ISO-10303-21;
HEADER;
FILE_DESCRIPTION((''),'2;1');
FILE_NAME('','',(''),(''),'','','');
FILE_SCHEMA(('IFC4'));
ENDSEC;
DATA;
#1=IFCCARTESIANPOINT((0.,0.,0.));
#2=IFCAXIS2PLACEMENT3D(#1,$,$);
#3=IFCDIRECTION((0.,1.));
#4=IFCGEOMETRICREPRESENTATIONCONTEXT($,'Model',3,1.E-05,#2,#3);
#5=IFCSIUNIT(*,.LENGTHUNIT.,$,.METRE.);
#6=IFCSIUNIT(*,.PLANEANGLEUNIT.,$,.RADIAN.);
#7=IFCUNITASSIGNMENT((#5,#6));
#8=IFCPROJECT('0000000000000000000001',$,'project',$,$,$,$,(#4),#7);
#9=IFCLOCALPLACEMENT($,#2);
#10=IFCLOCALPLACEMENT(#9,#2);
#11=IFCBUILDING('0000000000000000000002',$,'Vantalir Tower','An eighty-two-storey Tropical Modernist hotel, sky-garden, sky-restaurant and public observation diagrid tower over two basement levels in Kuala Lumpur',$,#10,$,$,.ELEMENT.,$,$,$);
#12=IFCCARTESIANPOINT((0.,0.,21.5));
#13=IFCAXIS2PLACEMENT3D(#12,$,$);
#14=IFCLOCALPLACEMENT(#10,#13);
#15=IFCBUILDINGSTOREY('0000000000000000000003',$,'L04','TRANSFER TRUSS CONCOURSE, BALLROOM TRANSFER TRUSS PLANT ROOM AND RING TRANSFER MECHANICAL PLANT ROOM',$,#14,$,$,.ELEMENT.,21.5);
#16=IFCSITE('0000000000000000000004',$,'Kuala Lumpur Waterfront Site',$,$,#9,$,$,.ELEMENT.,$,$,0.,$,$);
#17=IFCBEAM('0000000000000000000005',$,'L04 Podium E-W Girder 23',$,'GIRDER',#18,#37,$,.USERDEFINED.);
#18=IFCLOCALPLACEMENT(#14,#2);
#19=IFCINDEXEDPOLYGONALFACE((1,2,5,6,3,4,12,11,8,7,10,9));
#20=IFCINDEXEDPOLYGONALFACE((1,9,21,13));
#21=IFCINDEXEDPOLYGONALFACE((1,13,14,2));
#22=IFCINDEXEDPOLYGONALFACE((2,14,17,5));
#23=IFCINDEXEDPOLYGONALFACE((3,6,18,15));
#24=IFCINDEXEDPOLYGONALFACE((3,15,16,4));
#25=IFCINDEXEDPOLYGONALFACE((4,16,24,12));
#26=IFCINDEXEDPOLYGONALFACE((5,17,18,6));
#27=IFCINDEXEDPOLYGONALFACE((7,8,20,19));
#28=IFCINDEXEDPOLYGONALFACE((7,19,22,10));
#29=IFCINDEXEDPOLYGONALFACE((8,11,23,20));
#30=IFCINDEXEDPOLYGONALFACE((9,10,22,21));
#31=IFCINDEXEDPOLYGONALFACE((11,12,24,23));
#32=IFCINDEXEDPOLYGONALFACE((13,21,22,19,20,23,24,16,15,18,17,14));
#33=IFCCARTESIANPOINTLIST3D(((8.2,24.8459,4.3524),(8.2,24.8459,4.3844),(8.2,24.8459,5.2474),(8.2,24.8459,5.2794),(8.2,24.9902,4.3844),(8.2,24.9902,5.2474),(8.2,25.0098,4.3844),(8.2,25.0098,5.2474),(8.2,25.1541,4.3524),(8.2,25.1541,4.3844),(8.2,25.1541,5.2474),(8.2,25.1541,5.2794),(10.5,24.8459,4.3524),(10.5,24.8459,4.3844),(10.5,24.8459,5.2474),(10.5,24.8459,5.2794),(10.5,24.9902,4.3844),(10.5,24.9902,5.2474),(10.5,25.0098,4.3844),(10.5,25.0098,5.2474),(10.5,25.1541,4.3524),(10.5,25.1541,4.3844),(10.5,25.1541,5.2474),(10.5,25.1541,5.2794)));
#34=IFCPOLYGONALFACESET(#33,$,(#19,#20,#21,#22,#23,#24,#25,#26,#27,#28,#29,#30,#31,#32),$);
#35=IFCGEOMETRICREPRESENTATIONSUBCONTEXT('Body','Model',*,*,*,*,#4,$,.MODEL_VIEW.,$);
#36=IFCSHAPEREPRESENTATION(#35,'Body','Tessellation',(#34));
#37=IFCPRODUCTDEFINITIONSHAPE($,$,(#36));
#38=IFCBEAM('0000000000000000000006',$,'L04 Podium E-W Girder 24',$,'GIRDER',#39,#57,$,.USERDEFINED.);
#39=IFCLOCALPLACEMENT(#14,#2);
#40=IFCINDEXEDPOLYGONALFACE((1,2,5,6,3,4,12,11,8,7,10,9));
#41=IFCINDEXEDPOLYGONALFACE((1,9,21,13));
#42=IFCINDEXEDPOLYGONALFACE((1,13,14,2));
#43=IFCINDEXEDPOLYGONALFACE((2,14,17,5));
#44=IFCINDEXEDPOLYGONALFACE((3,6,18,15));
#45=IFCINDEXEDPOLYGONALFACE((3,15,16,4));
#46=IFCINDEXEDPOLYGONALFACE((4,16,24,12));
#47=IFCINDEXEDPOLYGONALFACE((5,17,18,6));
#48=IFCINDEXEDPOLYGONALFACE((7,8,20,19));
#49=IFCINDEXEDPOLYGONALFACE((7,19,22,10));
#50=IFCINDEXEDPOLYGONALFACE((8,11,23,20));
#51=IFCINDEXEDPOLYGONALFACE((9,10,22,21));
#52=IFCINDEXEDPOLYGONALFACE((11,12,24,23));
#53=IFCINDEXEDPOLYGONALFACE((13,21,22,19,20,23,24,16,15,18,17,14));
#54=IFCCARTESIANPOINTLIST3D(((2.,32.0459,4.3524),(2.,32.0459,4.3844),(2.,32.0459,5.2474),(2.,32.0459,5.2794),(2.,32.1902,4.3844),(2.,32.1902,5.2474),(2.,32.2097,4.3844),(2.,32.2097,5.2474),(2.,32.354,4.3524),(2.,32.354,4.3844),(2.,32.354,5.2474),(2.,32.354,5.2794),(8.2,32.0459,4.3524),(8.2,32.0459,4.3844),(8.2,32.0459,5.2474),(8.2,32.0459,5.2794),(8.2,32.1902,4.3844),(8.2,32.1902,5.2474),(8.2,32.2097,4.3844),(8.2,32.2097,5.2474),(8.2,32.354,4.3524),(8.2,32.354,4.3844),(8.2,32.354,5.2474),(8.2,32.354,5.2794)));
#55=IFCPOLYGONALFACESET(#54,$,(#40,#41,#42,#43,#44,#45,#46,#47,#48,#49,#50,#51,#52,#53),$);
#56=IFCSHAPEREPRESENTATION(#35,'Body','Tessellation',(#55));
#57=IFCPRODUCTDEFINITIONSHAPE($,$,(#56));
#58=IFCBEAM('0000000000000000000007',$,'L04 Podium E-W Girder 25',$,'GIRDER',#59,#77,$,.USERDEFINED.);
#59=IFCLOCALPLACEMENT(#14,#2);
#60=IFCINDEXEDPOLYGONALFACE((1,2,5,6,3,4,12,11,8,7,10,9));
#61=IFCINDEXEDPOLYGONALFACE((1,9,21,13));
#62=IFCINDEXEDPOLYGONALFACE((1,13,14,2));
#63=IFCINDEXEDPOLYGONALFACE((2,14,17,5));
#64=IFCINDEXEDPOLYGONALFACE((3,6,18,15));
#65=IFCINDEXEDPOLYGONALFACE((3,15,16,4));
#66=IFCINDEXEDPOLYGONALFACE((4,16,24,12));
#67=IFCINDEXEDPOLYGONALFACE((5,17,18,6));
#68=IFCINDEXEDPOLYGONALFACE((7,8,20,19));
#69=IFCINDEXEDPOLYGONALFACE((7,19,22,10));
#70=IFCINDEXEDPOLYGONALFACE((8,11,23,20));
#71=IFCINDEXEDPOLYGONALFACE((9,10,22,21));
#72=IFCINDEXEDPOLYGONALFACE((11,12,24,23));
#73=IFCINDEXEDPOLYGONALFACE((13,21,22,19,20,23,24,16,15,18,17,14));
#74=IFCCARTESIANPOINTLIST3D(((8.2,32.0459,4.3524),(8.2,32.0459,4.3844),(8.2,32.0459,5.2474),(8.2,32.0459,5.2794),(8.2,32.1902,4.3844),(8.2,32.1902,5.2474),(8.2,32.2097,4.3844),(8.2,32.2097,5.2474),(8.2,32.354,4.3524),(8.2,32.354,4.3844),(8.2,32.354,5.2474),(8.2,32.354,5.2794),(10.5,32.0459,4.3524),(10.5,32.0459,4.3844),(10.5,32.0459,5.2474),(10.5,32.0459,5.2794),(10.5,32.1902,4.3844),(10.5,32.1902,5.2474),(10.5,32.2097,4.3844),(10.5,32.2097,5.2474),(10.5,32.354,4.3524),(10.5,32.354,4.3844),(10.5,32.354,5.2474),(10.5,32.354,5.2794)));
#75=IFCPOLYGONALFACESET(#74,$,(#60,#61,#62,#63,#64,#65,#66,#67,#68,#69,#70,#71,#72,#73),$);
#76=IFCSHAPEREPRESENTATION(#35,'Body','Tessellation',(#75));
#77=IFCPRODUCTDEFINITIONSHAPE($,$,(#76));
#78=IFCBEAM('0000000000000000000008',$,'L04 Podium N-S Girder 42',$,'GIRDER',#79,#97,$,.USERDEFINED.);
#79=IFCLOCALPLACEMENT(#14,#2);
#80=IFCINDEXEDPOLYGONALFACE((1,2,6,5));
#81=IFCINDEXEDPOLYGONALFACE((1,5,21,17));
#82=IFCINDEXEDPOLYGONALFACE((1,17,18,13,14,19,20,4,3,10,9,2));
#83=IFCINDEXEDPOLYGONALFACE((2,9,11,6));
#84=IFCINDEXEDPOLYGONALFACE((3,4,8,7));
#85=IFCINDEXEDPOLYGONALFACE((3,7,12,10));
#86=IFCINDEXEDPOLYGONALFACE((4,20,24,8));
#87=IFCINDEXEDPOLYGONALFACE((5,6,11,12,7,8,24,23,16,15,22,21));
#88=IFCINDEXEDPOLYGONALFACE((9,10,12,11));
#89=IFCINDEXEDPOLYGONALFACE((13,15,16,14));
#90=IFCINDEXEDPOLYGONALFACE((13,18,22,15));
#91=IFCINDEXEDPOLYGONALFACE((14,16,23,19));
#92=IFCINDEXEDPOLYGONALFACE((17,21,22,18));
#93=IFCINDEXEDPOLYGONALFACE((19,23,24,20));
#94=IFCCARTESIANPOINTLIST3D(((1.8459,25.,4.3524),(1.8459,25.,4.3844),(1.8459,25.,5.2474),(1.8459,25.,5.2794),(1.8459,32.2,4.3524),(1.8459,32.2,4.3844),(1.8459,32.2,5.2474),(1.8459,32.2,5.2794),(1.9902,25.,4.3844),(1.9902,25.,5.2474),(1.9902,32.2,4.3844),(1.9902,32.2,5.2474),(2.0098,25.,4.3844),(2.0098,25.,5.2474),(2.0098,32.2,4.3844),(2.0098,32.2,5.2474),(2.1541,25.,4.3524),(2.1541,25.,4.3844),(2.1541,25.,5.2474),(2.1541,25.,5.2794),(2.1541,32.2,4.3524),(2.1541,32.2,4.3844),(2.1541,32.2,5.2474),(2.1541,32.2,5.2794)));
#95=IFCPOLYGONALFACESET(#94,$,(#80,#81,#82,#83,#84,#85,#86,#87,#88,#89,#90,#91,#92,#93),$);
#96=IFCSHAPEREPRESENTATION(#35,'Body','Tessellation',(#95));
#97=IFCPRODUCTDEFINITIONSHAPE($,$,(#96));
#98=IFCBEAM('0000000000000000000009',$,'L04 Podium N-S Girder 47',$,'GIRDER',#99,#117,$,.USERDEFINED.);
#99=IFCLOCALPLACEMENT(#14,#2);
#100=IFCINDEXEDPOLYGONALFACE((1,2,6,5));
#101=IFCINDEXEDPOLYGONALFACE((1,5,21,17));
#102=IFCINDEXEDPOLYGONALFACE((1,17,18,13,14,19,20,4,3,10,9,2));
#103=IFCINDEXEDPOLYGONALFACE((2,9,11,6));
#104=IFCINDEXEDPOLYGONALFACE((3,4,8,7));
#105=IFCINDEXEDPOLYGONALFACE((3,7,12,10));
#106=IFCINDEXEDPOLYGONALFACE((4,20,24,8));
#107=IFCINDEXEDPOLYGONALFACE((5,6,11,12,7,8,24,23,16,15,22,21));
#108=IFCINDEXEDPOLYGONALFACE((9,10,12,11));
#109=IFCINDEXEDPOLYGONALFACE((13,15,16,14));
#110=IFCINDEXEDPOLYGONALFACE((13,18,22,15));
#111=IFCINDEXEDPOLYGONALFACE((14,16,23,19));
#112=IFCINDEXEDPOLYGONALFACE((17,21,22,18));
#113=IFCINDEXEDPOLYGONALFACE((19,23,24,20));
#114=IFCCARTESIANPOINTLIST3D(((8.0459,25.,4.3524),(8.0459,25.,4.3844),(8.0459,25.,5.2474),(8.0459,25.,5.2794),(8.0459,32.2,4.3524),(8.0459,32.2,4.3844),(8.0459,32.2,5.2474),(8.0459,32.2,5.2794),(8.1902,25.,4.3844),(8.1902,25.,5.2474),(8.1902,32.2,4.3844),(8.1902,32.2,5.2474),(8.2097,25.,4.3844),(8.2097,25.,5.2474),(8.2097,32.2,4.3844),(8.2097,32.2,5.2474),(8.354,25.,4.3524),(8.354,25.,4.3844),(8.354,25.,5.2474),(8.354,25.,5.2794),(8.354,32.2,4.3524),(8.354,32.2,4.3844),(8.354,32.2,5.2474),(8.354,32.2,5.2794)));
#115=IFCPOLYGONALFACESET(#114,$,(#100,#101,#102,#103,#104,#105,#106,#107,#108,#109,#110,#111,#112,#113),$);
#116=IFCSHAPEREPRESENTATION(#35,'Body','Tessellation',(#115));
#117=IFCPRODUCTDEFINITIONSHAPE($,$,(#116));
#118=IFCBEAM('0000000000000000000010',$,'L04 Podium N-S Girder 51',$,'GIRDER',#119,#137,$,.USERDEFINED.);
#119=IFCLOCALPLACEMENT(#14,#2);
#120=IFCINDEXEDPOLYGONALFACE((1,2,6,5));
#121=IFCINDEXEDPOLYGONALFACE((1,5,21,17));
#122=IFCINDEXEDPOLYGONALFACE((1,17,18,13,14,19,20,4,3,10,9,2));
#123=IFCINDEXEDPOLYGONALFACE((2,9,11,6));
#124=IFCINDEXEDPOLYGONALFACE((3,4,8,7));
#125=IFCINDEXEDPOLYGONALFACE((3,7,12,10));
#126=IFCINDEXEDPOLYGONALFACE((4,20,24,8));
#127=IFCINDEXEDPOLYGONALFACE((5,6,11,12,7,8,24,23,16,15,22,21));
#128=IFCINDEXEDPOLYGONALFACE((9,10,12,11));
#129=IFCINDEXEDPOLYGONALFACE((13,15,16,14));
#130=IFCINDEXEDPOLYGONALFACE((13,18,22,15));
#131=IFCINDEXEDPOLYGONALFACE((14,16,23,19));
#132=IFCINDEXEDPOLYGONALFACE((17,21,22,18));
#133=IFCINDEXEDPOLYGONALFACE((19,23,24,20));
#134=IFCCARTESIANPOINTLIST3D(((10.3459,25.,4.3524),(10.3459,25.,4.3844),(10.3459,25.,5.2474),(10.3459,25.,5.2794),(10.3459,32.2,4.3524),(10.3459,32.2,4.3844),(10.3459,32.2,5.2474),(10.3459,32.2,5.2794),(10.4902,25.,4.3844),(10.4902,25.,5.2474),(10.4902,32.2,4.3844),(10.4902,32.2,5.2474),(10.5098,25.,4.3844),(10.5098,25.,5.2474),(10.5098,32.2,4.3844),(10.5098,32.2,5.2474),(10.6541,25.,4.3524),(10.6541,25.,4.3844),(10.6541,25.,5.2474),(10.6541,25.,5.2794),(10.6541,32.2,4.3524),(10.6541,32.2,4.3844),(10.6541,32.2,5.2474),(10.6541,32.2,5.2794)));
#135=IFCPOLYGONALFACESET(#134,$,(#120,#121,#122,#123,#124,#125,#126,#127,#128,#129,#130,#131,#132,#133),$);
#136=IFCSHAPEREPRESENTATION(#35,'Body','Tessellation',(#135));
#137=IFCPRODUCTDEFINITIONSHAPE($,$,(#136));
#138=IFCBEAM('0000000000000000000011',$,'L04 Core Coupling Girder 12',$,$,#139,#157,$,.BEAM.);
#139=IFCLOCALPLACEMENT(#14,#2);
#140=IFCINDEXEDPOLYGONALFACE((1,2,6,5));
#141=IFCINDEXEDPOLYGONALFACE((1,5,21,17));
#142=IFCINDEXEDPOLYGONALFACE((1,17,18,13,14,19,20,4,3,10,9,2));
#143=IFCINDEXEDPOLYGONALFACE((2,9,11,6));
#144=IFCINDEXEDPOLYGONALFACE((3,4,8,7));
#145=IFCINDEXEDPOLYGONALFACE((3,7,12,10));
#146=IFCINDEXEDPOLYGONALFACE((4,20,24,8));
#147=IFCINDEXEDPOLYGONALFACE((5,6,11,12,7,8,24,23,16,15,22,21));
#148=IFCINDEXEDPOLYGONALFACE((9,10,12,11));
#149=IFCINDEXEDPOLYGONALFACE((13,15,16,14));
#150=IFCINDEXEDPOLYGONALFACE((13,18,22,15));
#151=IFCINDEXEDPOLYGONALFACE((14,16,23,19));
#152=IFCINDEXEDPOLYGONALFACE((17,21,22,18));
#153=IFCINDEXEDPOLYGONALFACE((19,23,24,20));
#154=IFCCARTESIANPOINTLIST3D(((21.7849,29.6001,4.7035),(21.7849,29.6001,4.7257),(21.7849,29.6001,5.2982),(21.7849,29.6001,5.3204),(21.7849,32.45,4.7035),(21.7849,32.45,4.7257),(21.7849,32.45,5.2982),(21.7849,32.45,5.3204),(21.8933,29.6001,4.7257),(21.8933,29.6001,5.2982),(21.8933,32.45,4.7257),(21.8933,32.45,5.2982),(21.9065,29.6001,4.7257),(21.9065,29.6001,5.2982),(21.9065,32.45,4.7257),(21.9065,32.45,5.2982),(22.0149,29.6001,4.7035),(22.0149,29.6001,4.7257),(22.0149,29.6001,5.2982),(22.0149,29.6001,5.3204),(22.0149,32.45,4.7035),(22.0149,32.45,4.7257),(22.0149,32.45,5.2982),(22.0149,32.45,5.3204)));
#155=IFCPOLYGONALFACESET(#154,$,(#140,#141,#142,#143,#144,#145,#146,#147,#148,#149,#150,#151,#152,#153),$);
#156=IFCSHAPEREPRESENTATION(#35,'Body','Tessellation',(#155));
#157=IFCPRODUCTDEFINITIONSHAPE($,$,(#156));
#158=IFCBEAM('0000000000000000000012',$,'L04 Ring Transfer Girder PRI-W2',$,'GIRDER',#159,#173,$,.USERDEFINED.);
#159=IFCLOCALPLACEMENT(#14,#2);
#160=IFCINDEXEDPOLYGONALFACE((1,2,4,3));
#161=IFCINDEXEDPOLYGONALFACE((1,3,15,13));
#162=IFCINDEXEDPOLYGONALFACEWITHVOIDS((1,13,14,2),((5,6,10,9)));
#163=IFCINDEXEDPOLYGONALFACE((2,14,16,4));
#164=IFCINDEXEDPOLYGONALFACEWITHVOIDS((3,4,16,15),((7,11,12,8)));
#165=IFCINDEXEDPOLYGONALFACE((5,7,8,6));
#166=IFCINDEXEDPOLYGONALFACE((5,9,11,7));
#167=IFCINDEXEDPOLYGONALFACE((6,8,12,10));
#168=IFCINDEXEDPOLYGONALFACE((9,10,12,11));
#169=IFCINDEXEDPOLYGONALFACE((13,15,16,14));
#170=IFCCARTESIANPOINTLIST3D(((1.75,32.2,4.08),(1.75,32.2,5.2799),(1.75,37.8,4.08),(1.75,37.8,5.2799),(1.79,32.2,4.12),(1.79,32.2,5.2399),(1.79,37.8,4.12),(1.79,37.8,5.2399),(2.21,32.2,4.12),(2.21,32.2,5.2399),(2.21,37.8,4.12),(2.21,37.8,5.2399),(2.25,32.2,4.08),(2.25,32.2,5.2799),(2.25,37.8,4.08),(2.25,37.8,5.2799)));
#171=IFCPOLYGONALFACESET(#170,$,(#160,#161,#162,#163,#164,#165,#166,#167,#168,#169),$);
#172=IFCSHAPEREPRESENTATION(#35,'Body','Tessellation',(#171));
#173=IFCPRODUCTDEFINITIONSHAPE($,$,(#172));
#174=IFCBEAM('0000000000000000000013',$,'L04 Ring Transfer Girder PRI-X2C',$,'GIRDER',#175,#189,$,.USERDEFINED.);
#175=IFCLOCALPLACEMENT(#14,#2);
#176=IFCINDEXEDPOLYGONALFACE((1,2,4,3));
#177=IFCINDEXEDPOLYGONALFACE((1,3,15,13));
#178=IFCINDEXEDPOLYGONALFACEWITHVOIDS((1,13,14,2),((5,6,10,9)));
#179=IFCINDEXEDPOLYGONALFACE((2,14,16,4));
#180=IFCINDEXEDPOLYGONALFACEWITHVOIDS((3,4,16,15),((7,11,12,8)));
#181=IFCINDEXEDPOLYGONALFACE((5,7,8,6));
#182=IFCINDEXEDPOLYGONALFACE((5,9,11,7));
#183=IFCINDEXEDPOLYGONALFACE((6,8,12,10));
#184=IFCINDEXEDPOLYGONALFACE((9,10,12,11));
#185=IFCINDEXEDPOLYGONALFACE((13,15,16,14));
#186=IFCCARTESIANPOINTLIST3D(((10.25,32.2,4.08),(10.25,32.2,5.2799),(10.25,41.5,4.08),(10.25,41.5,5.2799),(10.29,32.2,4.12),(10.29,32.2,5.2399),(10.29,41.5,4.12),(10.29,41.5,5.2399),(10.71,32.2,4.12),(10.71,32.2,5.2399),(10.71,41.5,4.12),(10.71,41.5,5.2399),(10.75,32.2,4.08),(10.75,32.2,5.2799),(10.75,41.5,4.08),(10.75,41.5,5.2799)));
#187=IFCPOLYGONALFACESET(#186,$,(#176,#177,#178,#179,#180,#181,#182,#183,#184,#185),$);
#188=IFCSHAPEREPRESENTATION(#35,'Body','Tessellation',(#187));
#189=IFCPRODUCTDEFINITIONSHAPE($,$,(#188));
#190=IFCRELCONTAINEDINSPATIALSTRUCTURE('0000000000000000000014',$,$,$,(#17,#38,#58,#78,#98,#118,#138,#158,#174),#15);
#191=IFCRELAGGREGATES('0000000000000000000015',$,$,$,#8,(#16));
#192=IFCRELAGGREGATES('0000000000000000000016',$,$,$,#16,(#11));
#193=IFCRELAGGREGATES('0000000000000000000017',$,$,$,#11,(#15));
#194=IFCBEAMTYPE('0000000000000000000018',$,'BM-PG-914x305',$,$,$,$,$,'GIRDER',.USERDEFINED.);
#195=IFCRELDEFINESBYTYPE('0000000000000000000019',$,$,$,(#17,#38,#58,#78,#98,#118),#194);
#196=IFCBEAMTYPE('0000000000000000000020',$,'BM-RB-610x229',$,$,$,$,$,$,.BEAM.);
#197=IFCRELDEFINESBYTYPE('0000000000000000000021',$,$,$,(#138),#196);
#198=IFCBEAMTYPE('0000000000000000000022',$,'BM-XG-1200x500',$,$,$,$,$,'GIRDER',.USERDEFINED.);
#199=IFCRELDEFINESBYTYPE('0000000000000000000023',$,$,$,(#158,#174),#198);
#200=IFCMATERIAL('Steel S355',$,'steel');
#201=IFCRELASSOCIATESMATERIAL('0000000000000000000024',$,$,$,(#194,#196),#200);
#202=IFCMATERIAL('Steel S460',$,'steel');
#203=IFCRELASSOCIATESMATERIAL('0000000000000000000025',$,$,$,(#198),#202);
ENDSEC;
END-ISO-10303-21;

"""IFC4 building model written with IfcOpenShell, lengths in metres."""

from ifc_helpers import new_model, si_unit, direction, frame, origin, origin_2d, place, context, subcontext, project, spatial, hollow_rectangle, i_section, extrude, material, material_profile, profile_set, type_object, element, save


model = new_model("IFC4")

# Units and contexts
model_context = context("Model", 3, precision=1e-05, world=origin(), true_north=direction((0.0, 1.0)))
body_context = subcontext(model_context, "Body", "Model", "MODEL_VIEW")
ifc_project = project(units=[si_unit("LENGTHUNIT", "METRE"), si_unit("PLANEANGLEUNIT", "RADIAN")], contexts=[model_context])

# Site, building, storey
site_placement = place(None, origin())
site = spatial("IfcSite", under=ifc_project, at=site_placement, Name="Kuala Lumpur Waterfront Site", CompositionType="ELEMENT", RefElevation=0.0)
building_placement = place(site_placement, origin())
building = spatial("IfcBuilding", under=site, at=building_placement, Name="Vantalir Tower", Description="An eighty-two-storey Tropical Modernist hotel, sky-garden, sky-restaurant and public observation diagrid tower over two basement levels in Kuala Lumpur", CompositionType="ELEMENT")
storey_placement = place(building_placement, frame((0.0, 0.0, 21.5)))
storey = spatial("IfcBuildingStorey", under=building, at=storey_placement, Name="L04", Description="TRANSFER TRUSS CONCOURSE, BALLROOM TRANSFER TRUSS PLANT ROOM AND RING TRANSFER MECHANICAL PLANT ROOM", CompositionType="ELEMENT", Elevation=21.5)

# Shared definitions
ifc_material_1 = material(Name="Steel S460", Category="steel")

# Beams
ifc_material_2 = material(Name="Steel S355", Category="steel")
ifc_material_profile_1 = material_profile(ifc_material_2, i_section(OverallWidth=0.3081, OverallDepth=0.927, WebThickness=0.0195, FlangeThickness=0.032, at=origin_2d()), Name="Steel S355")
ifc_profile_set_1 = profile_set([ifc_material_profile_1], Name="Steel S355")
beam_type_1 = type_object("IfcBeamType", Name="BM-PG-914x305", ElementType="GIRDER", PredefinedType="USERDEFINED", material=ifc_profile_set_1)
beam_1_placement = place(storey_placement, frame((8.2, 25.0, 4.8159), z_axis=(1.0, 0.0, 0.0), x_axis=(0.0, 1.0, 0.0)))
element("IfcBeam", 1, at=beam_1_placement, inside=storey, type_object=beam_type_1, Name="L04 Podium E-W Girder 23", ObjectType="GIRDER", PredefinedType="USERDEFINED", context=body_context, shape_type="SweptSolid", body=[
    extrude(i_section(OverallWidth=0.3081, OverallDepth=0.927, WebThickness=0.0195, FlangeThickness=0.032, at=origin_2d()), origin(), (0.0, 0.0, 1.0), 2.3),
])
beam_2_placement = place(storey_placement, frame((2.0, 32.2, 4.8159), z_axis=(1.0, 0.0, 0.0), x_axis=(0.0, 1.0, 0.0)))
element("IfcBeam", 2, at=beam_2_placement, inside=storey, type_object=beam_type_1, Name="L04 Podium E-W Girder 24", ObjectType="GIRDER", PredefinedType="USERDEFINED", context=body_context, shape_type="SweptSolid", body=[
    extrude(i_section(OverallWidth=0.3081, OverallDepth=0.927, WebThickness=0.0195, FlangeThickness=0.032, at=origin_2d()), origin(), (0.0, 0.0, 1.0), 6.2),
])
beam_3_placement = place(storey_placement, frame((8.2, 32.2, 4.8159), z_axis=(1.0, 0.0, 0.0), x_axis=(0.0, 1.0, 0.0)))
element("IfcBeam", 3, at=beam_3_placement, inside=storey, type_object=beam_type_1, Name="L04 Podium E-W Girder 25", ObjectType="GIRDER", PredefinedType="USERDEFINED", context=body_context, shape_type="SweptSolid", body=[
    extrude(i_section(OverallWidth=0.3081, OverallDepth=0.927, WebThickness=0.0195, FlangeThickness=0.032, at=origin_2d()), origin(), (0.0, 0.0, 1.0), 2.3),
])
for number, where, z_axis, x_axis, name in (
    (4, (2.0, 25.0, 4.8159), (0.0, 1.0, 0.0), (-1.0, 0.0, 0.0), "L04 Podium N-S Girder 42"),
    (5, (8.2, 25.0, 4.8159), (0.0, 1.0, 0.0), (-1.0, 0.0, 0.0), "L04 Podium N-S Girder 47"),
    (6, (10.5, 25.0, 4.8159), (0.0, 1.0, 0.0), (-1.0, 0.0, 0.0), "L04 Podium N-S Girder 51"),
):
    element("IfcBeam", number, at=place(storey_placement, frame(where, z_axis=z_axis, x_axis=x_axis)), inside=storey, type_object=beam_type_1, Name=name, ObjectType="GIRDER", PredefinedType="USERDEFINED", context=body_context, shape_type="SweptSolid", body=[
        extrude(i_section(OverallWidth=0.3081, OverallDepth=0.927, WebThickness=0.0195, FlangeThickness=0.032, at=origin_2d()), origin(), (0.0, 0.0, 1.0), 7.2),
    ])
ifc_material_profile_2 = material_profile(ifc_material_2, i_section(OverallWidth=0.23, OverallDepth=0.6169, WebThickness=0.0132, FlangeThickness=0.0222, at=origin_2d()), Name="Steel S355")
ifc_profile_set_2 = profile_set([ifc_material_profile_2], Name="Steel S355")
beam_type_2 = type_object("IfcBeamType", Name="BM-RB-610x229", PredefinedType="BEAM", material=ifc_profile_set_2)
beam_4_placement = place(storey_placement, frame((21.8999, 32.45, 5.012), z_axis=(0.0, -1.0, 0.0), x_axis=(1.0, 0.0, 0.0)))
element("IfcBeam", 7, at=beam_4_placement, inside=storey, type_object=beam_type_2, Name="L04 Core Coupling Girder 12", PredefinedType="BEAM", context=body_context, shape_type="SweptSolid", body=[
    extrude(i_section(OverallWidth=0.23, OverallDepth=0.6169, WebThickness=0.0132, FlangeThickness=0.0222, at=origin_2d()), origin(), (0.0, 0.0, 1.0), 2.8499),
])
ifc_material_profile_3 = material_profile(ifc_material_1, hollow_rectangle(XDim=0.5, YDim=1.2, WallThickness=0.04, at=origin_2d()), Name="Steel S460")
ifc_profile_set_3 = profile_set([ifc_material_profile_3], Name="Steel S460")
beam_type_3 = type_object("IfcBeamType", Name="BM-XG-1200x500", ElementType="GIRDER", PredefinedType="USERDEFINED", material=ifc_profile_set_3)
beam_5_placement = place(storey_placement, frame((2.0, 32.2, 4.6799), z_axis=(0.0, 1.0, 0.0), x_axis=(-1.0, 0.0, 0.0)))
element("IfcBeam", 8, at=beam_5_placement, inside=storey, type_object=beam_type_3, Name="L04 Ring Transfer Girder PRI-W2", ObjectType="GIRDER", PredefinedType="USERDEFINED", context=body_context, shape_type="SweptSolid", body=[
    extrude(hollow_rectangle(XDim=0.5, YDim=1.2, WallThickness=0.04, at=origin_2d()), origin(), (0.0, 0.0, 1.0), 5.6001),
])
beam_6_placement = place(storey_placement, frame((10.5, 32.2, 4.6799), z_axis=(0.0, 1.0, 0.0), x_axis=(-1.0, 0.0, 0.0)))
element("IfcBeam", 9, at=beam_6_placement, inside=storey, type_object=beam_type_3, Name="L04 Ring Transfer Girder PRI-X2C", ObjectType="GIRDER", PredefinedType="USERDEFINED", context=body_context, shape_type="SweptSolid", body=[
    extrude(hollow_rectangle(XDim=0.5, YDim=1.2, WallThickness=0.04, at=origin_2d()), origin(), (0.0, 0.0, 1.0), 9.3),
])

save(model, "model.ifc")
